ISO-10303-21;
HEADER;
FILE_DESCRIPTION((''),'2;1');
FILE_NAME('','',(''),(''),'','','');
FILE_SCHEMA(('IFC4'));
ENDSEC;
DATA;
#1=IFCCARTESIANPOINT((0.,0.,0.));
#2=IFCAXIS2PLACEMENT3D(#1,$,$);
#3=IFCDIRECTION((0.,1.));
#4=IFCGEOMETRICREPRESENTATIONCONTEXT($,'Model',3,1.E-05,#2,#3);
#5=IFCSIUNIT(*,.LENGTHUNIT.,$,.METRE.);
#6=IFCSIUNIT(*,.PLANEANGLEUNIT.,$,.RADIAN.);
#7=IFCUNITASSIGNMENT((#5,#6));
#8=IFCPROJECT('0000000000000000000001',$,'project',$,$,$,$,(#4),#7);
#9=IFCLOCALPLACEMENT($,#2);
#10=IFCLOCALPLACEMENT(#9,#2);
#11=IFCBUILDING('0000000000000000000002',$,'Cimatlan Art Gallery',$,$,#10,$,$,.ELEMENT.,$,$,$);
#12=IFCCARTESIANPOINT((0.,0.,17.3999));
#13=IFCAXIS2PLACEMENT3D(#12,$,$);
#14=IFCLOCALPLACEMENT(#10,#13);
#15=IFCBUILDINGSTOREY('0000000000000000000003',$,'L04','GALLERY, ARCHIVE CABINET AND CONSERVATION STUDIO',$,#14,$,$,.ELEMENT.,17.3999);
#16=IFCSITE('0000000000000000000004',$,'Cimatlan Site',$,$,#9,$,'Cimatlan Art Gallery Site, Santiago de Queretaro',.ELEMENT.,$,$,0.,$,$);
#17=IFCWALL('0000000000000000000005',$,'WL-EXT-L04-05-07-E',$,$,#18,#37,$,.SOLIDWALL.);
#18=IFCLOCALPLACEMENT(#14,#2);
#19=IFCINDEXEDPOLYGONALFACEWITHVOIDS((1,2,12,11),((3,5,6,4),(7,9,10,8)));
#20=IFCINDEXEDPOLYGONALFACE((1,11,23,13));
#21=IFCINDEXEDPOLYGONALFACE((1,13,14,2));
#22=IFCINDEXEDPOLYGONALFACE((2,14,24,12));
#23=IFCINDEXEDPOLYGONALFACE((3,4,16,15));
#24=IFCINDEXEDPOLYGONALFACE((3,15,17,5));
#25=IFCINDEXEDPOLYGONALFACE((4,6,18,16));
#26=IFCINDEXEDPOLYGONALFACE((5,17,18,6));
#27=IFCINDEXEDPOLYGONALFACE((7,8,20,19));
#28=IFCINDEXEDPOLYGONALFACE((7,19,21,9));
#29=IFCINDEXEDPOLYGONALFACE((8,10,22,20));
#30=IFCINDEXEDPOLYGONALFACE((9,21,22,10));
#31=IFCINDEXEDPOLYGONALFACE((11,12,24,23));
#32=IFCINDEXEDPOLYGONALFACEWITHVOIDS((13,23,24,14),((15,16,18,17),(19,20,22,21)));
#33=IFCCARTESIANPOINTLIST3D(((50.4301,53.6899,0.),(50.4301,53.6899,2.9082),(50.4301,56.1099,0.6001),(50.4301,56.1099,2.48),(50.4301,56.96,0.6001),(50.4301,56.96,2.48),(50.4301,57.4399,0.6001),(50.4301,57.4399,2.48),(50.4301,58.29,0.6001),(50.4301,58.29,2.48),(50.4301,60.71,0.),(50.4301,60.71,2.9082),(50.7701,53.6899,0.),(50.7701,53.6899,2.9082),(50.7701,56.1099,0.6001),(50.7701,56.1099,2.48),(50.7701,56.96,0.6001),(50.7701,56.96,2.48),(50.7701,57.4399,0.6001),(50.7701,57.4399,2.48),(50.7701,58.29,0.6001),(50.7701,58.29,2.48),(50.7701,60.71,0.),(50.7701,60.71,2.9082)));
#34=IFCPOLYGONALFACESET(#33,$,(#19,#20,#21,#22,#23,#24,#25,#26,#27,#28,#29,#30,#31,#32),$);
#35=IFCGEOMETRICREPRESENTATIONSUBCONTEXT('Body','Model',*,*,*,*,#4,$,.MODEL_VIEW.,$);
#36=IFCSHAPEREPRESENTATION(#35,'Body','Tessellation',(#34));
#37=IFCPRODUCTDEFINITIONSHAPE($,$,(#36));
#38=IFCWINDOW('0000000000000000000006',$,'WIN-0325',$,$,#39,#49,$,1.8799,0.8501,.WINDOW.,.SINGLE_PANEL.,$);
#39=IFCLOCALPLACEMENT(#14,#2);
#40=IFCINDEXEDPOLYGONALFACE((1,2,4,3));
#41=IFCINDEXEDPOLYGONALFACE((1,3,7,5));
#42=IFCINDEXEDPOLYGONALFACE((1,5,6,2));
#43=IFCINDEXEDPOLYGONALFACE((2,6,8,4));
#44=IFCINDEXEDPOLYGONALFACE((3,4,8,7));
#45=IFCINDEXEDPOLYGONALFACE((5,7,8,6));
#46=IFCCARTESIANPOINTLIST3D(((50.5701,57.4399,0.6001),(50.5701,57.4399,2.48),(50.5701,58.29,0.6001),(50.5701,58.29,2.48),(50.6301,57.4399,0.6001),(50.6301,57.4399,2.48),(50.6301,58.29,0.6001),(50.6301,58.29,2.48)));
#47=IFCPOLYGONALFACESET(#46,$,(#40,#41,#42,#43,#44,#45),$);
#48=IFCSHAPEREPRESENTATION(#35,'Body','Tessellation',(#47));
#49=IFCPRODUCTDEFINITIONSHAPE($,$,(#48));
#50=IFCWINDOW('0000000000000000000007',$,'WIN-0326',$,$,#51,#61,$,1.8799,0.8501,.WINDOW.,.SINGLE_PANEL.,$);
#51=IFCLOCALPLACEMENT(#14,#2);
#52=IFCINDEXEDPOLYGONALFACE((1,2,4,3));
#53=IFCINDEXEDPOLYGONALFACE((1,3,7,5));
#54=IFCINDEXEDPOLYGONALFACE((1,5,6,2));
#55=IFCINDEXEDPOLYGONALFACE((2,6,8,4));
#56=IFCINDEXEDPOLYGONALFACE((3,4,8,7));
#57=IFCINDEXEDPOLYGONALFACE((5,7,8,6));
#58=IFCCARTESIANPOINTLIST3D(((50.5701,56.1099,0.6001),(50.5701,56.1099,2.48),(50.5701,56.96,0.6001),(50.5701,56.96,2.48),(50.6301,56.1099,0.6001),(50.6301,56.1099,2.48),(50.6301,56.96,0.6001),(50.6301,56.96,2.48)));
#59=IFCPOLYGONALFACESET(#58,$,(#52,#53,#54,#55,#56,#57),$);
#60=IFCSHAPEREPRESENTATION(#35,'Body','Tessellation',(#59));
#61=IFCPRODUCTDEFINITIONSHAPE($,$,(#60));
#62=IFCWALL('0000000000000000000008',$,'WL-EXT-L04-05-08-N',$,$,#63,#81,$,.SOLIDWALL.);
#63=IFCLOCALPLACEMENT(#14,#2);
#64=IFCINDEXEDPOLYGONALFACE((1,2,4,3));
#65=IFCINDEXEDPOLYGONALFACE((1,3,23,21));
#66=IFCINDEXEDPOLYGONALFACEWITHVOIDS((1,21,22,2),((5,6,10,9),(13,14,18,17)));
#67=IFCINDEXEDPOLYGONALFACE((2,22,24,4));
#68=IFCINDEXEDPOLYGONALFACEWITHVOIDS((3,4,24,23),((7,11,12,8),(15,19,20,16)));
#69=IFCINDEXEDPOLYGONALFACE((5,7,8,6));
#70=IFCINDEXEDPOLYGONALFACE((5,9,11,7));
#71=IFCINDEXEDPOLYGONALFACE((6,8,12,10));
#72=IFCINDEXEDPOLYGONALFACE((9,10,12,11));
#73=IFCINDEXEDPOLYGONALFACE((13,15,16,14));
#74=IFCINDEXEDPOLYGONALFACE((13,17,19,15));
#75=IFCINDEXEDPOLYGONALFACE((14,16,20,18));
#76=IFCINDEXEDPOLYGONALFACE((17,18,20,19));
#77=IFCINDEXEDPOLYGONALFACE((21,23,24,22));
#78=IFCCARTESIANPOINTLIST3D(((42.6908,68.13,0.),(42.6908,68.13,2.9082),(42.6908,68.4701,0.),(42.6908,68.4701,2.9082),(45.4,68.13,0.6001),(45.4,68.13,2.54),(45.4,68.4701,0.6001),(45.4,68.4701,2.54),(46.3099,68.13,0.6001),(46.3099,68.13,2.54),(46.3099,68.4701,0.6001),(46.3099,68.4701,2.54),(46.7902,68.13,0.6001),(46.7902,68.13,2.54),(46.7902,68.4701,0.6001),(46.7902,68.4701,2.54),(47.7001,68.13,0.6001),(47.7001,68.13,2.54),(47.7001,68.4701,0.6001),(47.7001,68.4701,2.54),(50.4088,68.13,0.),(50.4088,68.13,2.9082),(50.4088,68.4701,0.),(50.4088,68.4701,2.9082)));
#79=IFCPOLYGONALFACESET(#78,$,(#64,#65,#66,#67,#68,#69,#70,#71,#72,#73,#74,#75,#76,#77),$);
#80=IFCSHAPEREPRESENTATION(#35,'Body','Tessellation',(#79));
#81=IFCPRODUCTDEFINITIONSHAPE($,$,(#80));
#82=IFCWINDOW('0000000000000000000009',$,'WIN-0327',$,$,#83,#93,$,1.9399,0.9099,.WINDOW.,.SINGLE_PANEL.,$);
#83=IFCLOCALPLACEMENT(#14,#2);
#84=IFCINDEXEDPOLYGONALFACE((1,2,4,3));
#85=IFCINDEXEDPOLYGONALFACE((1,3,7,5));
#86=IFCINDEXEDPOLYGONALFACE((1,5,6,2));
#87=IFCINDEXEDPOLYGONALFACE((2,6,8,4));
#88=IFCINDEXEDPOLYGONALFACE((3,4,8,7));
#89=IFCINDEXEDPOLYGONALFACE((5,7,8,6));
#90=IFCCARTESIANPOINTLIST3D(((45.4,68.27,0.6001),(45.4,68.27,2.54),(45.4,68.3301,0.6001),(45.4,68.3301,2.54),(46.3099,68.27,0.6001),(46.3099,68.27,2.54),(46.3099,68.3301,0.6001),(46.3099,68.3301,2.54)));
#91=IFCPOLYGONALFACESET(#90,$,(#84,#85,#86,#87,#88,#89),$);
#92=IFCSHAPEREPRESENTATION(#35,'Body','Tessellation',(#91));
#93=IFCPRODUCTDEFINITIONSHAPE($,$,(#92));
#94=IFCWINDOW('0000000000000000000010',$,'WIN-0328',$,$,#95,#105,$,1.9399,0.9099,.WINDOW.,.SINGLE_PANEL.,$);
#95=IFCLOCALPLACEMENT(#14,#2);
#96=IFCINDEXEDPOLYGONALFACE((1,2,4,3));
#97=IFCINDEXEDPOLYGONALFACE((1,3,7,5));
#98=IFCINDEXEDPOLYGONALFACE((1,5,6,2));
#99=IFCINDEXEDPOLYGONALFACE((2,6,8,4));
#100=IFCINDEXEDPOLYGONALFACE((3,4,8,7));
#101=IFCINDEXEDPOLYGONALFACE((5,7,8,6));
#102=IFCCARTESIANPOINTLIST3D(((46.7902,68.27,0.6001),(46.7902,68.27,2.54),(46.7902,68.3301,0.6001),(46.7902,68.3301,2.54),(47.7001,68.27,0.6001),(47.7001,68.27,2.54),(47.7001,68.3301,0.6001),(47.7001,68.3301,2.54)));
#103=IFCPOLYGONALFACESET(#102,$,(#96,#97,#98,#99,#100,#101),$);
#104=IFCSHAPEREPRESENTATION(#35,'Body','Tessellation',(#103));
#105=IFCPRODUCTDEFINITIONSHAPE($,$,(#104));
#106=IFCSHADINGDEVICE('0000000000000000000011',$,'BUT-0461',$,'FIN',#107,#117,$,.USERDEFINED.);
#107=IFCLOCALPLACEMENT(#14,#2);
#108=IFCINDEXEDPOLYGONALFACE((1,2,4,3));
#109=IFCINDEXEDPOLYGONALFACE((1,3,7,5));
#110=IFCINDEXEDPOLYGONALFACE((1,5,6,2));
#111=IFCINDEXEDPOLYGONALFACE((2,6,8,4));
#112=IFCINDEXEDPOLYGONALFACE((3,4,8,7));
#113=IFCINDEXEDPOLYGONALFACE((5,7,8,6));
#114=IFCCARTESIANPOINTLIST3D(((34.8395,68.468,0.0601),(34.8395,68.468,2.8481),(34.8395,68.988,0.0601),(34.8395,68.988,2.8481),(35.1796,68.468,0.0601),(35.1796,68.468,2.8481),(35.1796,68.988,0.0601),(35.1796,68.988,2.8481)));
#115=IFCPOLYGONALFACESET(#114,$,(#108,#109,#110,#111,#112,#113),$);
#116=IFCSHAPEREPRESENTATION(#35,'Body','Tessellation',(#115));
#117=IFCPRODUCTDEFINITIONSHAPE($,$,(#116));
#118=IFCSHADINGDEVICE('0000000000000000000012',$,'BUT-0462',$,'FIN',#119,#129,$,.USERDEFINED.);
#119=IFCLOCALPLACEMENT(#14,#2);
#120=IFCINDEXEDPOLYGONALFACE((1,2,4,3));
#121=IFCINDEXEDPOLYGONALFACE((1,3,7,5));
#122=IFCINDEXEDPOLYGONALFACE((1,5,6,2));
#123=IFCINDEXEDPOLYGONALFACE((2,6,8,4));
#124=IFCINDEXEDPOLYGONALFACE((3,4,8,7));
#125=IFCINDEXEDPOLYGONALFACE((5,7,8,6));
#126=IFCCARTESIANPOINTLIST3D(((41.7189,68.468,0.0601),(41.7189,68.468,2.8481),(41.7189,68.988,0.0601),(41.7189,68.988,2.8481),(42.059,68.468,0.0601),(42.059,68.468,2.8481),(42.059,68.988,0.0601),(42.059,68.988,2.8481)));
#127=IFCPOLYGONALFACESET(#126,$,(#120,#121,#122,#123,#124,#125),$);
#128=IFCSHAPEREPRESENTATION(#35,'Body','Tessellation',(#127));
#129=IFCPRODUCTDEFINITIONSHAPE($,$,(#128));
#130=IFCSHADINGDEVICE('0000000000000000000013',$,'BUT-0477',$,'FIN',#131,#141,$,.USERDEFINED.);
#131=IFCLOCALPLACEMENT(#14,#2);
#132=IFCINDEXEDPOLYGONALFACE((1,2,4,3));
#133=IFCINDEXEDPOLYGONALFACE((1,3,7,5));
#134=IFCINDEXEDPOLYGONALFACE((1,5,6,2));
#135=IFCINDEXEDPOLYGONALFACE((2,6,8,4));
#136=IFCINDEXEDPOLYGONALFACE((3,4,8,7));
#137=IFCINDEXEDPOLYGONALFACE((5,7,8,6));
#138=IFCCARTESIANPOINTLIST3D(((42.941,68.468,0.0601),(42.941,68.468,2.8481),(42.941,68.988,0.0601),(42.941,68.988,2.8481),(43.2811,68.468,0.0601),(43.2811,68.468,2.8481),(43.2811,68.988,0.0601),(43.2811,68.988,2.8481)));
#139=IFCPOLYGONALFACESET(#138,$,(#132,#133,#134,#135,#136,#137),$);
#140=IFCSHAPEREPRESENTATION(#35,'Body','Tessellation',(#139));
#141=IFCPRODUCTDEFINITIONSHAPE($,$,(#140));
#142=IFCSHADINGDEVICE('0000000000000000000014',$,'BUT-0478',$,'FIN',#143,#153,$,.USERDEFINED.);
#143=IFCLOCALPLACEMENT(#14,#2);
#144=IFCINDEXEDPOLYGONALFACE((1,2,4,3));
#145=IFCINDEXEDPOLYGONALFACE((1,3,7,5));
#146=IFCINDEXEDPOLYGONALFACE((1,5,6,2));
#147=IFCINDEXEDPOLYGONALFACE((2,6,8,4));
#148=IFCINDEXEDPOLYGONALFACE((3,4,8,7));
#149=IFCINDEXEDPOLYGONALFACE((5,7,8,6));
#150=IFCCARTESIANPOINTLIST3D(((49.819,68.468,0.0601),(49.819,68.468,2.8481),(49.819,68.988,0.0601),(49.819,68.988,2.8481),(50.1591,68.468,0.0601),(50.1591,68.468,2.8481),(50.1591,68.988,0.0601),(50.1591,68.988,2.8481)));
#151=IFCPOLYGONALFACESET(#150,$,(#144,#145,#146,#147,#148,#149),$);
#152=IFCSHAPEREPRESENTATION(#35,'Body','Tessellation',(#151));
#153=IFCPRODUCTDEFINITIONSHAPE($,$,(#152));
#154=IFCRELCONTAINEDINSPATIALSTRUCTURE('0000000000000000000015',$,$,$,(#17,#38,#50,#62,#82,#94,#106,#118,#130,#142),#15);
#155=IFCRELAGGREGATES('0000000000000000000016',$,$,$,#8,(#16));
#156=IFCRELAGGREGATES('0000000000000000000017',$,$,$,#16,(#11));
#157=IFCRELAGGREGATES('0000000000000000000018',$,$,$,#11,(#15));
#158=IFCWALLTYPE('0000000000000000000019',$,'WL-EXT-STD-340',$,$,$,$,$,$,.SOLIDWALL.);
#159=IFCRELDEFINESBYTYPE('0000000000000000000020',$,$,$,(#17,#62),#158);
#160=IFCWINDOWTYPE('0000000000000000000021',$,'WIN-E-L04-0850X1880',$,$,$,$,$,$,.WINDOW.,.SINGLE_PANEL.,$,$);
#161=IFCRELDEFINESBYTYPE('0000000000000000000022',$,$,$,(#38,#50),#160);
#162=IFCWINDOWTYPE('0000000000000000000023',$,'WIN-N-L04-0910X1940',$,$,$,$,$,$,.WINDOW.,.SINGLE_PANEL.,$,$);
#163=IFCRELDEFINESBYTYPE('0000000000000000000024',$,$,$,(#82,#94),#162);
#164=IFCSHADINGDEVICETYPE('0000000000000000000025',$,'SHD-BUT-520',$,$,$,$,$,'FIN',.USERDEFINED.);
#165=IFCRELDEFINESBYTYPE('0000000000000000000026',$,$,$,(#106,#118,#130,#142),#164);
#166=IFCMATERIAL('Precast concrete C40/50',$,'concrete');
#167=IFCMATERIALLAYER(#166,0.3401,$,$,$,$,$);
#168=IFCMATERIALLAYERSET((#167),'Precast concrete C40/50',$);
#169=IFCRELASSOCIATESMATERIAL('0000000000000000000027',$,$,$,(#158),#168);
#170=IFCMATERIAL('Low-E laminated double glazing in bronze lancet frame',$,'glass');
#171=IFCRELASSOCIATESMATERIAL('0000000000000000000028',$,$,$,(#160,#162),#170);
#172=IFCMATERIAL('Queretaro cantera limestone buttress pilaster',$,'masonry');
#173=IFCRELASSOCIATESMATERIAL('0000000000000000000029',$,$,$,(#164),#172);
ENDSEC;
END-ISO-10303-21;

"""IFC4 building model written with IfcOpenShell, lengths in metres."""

from ifc_helpers import new_model, si_unit, direction, frame, frame_2d, origin, origin_2d, place, context, subcontext, project, spatial, rectangle, extrude, material, layer, layer_set, type_object, element, fill, save


model = new_model("IFC4")

# Units and contexts
model_context = context("Model", 3, precision=1e-05, world=origin(), true_north=direction((0.0, 1.0)))
body_context = subcontext(model_context, "Body", "Model", "MODEL_VIEW")
ifc_project = project(units=[si_unit("LENGTHUNIT", "METRE"), si_unit("PLANEANGLEUNIT", "RADIAN")], contexts=[model_context])

# Site, building, storey
site_placement = place(None, origin())
site = spatial("IfcSite", under=ifc_project, at=site_placement, Name="Cimatlan Site", LongName="Cimatlan Art Gallery Site, Santiago de Queretaro", CompositionType="ELEMENT", RefElevation=0.0)
building_placement = place(site_placement, origin())
building = spatial("IfcBuilding", under=site, at=building_placement, Name="Cimatlan Art Gallery", CompositionType="ELEMENT")
storey_placement = place(building_placement, frame((0.0, 0.0, 17.3999)))
storey = spatial("IfcBuildingStorey", under=building, at=storey_placement, Name="L04", Description="GALLERY, ARCHIVE CABINET AND CONSERVATION STUDIO", CompositionType="ELEMENT", Elevation=17.3999)

# Walls, openings, windows
ifc_material_1 = material(Name="Precast concrete C40/50", Category="concrete")
ifc_layer_1 = layer(ifc_material_1, 0.3401)
ifc_layer_set_1 = layer_set([ifc_layer_1], Name="Precast concrete C40/50")
wall_type_1 = type_object("IfcWallType", Name="WL-EXT-STD-340", PredefinedType="SOLIDWALL", material=ifc_layer_set_1)
wall_1_placement = place(storey_placement, frame((50.6001, 60.71, 0.0), z_axis=(0.0, 0.0, 1.0), x_axis=(0.0, -1.0, 0.0)))
wall_1 = element("IfcWall", 1, at=wall_1_placement, inside=storey, type_object=wall_type_1, Name="WL-EXT-L04-05-07-E", PredefinedType="SOLIDWALL", context=body_context, shape_type="SweptSolid", body=[
    extrude(rectangle(XDim=7.02, YDim=0.3401, at=frame_2d((3.51, 0.0))), origin(), (0.0, 0.0, 1.0), 2.9082),
])
opening_1_placement = place(wall_1_placement, frame((2.4199, 0.0, 0.6001)))
opening_1 = element("IfcOpeningElement", 2, at=opening_1_placement, cuts=wall_1, PredefinedType="OPENING", context=body_context, shape_type="SweptSolid", body=[
    extrude(rectangle(XDim=0.8501, YDim=1.8799, at=frame_2d((0.425, 0.9399))), frame((0.0, 0.1802, 0.0), z_axis=(0.0, -1.0, 0.0), x_axis=(1.0, 0.0, 0.0)), (0.0, 0.0, 1.0), 0.3601),
])
opening_2_placement = place(wall_1_placement, frame((3.75, 0.0, 0.6001)))
opening_2 = element("IfcOpeningElement", 3, at=opening_2_placement, cuts=wall_1, PredefinedType="OPENING", context=body_context, shape_type="SweptSolid", body=[
    extrude(rectangle(XDim=0.8501, YDim=1.8799, at=frame_2d((0.425, 0.9399))), frame((0.0, 0.1802, 0.0), z_axis=(0.0, -1.0, 0.0), x_axis=(1.0, 0.0, 0.0)), (0.0, 0.0, 1.0), 0.3601),
])
ifc_material_2 = material(Name="Low-E laminated double glazing in bronze lancet frame", Category="glass")
window_type_1 = type_object("IfcWindowType", Name="WIN-E-L04-0850X1880", PartitioningType="SINGLE_PANEL", PredefinedType="WINDOW", material=ifc_material_2)
window_1_placement = place(opening_1_placement, origin())
window_1 = element("IfcWindow", 4, at=window_1_placement, inside=storey, type_object=window_type_1, Name="WIN-0325", OverallHeight=1.8799, OverallWidth=0.8501, PartitioningType="SINGLE_PANEL", PredefinedType="WINDOW", context=body_context, shape_type="SweptSolid", body=[
    extrude(rectangle(XDim=0.8501, YDim=1.8799, at=frame_2d((0.425, 0.9399))), frame((0.0, 0.03, 0.0), z_axis=(0.0, -1.0, 0.0), x_axis=(1.0, 0.0, 0.0)), (0.0, 0.0, 1.0), 0.0601),
])
fill(opening_1, window_1)
window_2_placement = place(opening_2_placement, origin())
window_2 = element("IfcWindow", 5, at=window_2_placement, inside=storey, type_object=window_type_1, Name="WIN-0326", OverallHeight=1.8799, OverallWidth=0.8501, PartitioningType="SINGLE_PANEL", PredefinedType="WINDOW", context=body_context, shape_type="SweptSolid", body=[
    extrude(rectangle(XDim=0.8501, YDim=1.8799, at=frame_2d((0.425, 0.9399))), frame((0.0, 0.03, 0.0), z_axis=(0.0, -1.0, 0.0), x_axis=(1.0, 0.0, 0.0)), (0.0, 0.0, 1.0), 0.0601),
])
fill(opening_2, window_2)
wall_2_placement = place(storey_placement, frame((42.6909, 68.3, 0.0), z_axis=(0.0, 0.0, 1.0), x_axis=(1.0, 0.0, 0.0)))
wall_2 = element("IfcWall", 6, at=wall_2_placement, inside=storey, type_object=wall_type_1, Name="WL-EXT-L04-05-08-N", PredefinedType="SOLIDWALL", context=body_context, shape_type="SweptSolid", body=[
    extrude(rectangle(XDim=7.718, YDim=0.3401, at=frame_2d((3.8589, 0.0))), origin(), (0.0, 0.0, 1.0), 2.9082),
])
opening_3_placement = place(wall_2_placement, frame((2.709, 0.0, 0.6001)))
opening_3 = element("IfcOpeningElement", 7, at=opening_3_placement, cuts=wall_2, PredefinedType="OPENING", context=body_context, shape_type="SweptSolid", body=[
    extrude(rectangle(XDim=0.9099, YDim=1.9399, at=frame_2d((0.4551, 0.97))), frame((0.0, 0.1802, 0.0), z_axis=(0.0, -1.0, 0.0), x_axis=(1.0, 0.0, 0.0)), (0.0, 0.0, 1.0), 0.3601),
])
opening_4_placement = place(wall_2_placement, frame((4.0991, 0.0, 0.6001)))
opening_4 = element("IfcOpeningElement", 8, at=opening_4_placement, cuts=wall_2, PredefinedType="OPENING", context=body_context, shape_type="SweptSolid", body=[
    extrude(rectangle(XDim=0.9099, YDim=1.9399, at=frame_2d((0.4551, 0.97))), frame((0.0, 0.1802, 0.0), z_axis=(0.0, -1.0, 0.0), x_axis=(1.0, 0.0, 0.0)), (0.0, 0.0, 1.0), 0.3601),
])
window_type_2 = type_object("IfcWindowType", Name="WIN-N-L04-0910X1940", PartitioningType="SINGLE_PANEL", PredefinedType="WINDOW", material=ifc_material_2)
window_3_placement = place(opening_3_placement, origin())
window_3 = element("IfcWindow", 9, at=window_3_placement, inside=storey, type_object=window_type_2, Name="WIN-0327", OverallHeight=1.9399, OverallWidth=0.9099, PartitioningType="SINGLE_PANEL", PredefinedType="WINDOW", context=body_context, shape_type="SweptSolid", body=[
    extrude(rectangle(XDim=0.9099, YDim=1.9399, at=frame_2d((0.4551, 0.97))), frame((0.0, 0.03, 0.0), z_axis=(0.0, -1.0, 0.0), x_axis=(1.0, 0.0, 0.0)), (0.0, 0.0, 1.0), 0.0601),
])
fill(opening_3, window_3)
window_4_placement = place(opening_4_placement, origin())
window_4 = element("IfcWindow", 10, at=window_4_placement, inside=storey, type_object=window_type_2, Name="WIN-0328", OverallHeight=1.9399, OverallWidth=0.9099, PartitioningType="SINGLE_PANEL", PredefinedType="WINDOW", context=body_context, shape_type="SweptSolid", body=[
    extrude(rectangle(XDim=0.9099, YDim=1.9399, at=frame_2d((0.4551, 0.97))), frame((0.0, 0.03, 0.0), z_axis=(0.0, -1.0, 0.0), x_axis=(1.0, 0.0, 0.0)), (0.0, 0.0, 1.0), 0.0601),
])
fill(opening_4, window_4)

# Shading devices
ifc_material_3 = material(Name="Queretaro cantera limestone buttress pilaster", Category="masonry")
shading_device_type = type_object("IfcShadingDeviceType", Name="SHD-BUT-520", ElementType="FIN", PredefinedType="USERDEFINED", material=ifc_material_3)
for number, where, z_axis, x_axis, name in (
    (11, (35.0095, 68.728, 0.0601), (0.0, 0.0, 1.0), (1.0, 0.0, 0.0), "BUT-0461"),
    (12, (41.8889, 68.728, 0.0601), (0.0, 0.0, 1.0), (1.0, 0.0, 0.0), "BUT-0462"),
    (13, (43.1111, 68.728, 0.0601), (0.0, 0.0, 1.0), (1.0, 0.0, 0.0), "BUT-0477"),
    (14, (49.989, 68.728, 0.0601), (0.0, 0.0, 1.0), (1.0, 0.0, 0.0), "BUT-0478"),
):
    element("IfcShadingDevice", number, at=place(storey_placement, frame(where, z_axis=z_axis, x_axis=x_axis)), inside=storey, type_object=shading_device_type, Name=name, ObjectType="FIN", PredefinedType="USERDEFINED", context=body_context, shape_type="SweptSolid", body=[
        extrude(rectangle(XDim=0.3401, YDim=0.52, at=origin_2d()), origin(), (0.0, 0.0, 1.0), 2.7881),
    ])

save(model, "model.ifc")
